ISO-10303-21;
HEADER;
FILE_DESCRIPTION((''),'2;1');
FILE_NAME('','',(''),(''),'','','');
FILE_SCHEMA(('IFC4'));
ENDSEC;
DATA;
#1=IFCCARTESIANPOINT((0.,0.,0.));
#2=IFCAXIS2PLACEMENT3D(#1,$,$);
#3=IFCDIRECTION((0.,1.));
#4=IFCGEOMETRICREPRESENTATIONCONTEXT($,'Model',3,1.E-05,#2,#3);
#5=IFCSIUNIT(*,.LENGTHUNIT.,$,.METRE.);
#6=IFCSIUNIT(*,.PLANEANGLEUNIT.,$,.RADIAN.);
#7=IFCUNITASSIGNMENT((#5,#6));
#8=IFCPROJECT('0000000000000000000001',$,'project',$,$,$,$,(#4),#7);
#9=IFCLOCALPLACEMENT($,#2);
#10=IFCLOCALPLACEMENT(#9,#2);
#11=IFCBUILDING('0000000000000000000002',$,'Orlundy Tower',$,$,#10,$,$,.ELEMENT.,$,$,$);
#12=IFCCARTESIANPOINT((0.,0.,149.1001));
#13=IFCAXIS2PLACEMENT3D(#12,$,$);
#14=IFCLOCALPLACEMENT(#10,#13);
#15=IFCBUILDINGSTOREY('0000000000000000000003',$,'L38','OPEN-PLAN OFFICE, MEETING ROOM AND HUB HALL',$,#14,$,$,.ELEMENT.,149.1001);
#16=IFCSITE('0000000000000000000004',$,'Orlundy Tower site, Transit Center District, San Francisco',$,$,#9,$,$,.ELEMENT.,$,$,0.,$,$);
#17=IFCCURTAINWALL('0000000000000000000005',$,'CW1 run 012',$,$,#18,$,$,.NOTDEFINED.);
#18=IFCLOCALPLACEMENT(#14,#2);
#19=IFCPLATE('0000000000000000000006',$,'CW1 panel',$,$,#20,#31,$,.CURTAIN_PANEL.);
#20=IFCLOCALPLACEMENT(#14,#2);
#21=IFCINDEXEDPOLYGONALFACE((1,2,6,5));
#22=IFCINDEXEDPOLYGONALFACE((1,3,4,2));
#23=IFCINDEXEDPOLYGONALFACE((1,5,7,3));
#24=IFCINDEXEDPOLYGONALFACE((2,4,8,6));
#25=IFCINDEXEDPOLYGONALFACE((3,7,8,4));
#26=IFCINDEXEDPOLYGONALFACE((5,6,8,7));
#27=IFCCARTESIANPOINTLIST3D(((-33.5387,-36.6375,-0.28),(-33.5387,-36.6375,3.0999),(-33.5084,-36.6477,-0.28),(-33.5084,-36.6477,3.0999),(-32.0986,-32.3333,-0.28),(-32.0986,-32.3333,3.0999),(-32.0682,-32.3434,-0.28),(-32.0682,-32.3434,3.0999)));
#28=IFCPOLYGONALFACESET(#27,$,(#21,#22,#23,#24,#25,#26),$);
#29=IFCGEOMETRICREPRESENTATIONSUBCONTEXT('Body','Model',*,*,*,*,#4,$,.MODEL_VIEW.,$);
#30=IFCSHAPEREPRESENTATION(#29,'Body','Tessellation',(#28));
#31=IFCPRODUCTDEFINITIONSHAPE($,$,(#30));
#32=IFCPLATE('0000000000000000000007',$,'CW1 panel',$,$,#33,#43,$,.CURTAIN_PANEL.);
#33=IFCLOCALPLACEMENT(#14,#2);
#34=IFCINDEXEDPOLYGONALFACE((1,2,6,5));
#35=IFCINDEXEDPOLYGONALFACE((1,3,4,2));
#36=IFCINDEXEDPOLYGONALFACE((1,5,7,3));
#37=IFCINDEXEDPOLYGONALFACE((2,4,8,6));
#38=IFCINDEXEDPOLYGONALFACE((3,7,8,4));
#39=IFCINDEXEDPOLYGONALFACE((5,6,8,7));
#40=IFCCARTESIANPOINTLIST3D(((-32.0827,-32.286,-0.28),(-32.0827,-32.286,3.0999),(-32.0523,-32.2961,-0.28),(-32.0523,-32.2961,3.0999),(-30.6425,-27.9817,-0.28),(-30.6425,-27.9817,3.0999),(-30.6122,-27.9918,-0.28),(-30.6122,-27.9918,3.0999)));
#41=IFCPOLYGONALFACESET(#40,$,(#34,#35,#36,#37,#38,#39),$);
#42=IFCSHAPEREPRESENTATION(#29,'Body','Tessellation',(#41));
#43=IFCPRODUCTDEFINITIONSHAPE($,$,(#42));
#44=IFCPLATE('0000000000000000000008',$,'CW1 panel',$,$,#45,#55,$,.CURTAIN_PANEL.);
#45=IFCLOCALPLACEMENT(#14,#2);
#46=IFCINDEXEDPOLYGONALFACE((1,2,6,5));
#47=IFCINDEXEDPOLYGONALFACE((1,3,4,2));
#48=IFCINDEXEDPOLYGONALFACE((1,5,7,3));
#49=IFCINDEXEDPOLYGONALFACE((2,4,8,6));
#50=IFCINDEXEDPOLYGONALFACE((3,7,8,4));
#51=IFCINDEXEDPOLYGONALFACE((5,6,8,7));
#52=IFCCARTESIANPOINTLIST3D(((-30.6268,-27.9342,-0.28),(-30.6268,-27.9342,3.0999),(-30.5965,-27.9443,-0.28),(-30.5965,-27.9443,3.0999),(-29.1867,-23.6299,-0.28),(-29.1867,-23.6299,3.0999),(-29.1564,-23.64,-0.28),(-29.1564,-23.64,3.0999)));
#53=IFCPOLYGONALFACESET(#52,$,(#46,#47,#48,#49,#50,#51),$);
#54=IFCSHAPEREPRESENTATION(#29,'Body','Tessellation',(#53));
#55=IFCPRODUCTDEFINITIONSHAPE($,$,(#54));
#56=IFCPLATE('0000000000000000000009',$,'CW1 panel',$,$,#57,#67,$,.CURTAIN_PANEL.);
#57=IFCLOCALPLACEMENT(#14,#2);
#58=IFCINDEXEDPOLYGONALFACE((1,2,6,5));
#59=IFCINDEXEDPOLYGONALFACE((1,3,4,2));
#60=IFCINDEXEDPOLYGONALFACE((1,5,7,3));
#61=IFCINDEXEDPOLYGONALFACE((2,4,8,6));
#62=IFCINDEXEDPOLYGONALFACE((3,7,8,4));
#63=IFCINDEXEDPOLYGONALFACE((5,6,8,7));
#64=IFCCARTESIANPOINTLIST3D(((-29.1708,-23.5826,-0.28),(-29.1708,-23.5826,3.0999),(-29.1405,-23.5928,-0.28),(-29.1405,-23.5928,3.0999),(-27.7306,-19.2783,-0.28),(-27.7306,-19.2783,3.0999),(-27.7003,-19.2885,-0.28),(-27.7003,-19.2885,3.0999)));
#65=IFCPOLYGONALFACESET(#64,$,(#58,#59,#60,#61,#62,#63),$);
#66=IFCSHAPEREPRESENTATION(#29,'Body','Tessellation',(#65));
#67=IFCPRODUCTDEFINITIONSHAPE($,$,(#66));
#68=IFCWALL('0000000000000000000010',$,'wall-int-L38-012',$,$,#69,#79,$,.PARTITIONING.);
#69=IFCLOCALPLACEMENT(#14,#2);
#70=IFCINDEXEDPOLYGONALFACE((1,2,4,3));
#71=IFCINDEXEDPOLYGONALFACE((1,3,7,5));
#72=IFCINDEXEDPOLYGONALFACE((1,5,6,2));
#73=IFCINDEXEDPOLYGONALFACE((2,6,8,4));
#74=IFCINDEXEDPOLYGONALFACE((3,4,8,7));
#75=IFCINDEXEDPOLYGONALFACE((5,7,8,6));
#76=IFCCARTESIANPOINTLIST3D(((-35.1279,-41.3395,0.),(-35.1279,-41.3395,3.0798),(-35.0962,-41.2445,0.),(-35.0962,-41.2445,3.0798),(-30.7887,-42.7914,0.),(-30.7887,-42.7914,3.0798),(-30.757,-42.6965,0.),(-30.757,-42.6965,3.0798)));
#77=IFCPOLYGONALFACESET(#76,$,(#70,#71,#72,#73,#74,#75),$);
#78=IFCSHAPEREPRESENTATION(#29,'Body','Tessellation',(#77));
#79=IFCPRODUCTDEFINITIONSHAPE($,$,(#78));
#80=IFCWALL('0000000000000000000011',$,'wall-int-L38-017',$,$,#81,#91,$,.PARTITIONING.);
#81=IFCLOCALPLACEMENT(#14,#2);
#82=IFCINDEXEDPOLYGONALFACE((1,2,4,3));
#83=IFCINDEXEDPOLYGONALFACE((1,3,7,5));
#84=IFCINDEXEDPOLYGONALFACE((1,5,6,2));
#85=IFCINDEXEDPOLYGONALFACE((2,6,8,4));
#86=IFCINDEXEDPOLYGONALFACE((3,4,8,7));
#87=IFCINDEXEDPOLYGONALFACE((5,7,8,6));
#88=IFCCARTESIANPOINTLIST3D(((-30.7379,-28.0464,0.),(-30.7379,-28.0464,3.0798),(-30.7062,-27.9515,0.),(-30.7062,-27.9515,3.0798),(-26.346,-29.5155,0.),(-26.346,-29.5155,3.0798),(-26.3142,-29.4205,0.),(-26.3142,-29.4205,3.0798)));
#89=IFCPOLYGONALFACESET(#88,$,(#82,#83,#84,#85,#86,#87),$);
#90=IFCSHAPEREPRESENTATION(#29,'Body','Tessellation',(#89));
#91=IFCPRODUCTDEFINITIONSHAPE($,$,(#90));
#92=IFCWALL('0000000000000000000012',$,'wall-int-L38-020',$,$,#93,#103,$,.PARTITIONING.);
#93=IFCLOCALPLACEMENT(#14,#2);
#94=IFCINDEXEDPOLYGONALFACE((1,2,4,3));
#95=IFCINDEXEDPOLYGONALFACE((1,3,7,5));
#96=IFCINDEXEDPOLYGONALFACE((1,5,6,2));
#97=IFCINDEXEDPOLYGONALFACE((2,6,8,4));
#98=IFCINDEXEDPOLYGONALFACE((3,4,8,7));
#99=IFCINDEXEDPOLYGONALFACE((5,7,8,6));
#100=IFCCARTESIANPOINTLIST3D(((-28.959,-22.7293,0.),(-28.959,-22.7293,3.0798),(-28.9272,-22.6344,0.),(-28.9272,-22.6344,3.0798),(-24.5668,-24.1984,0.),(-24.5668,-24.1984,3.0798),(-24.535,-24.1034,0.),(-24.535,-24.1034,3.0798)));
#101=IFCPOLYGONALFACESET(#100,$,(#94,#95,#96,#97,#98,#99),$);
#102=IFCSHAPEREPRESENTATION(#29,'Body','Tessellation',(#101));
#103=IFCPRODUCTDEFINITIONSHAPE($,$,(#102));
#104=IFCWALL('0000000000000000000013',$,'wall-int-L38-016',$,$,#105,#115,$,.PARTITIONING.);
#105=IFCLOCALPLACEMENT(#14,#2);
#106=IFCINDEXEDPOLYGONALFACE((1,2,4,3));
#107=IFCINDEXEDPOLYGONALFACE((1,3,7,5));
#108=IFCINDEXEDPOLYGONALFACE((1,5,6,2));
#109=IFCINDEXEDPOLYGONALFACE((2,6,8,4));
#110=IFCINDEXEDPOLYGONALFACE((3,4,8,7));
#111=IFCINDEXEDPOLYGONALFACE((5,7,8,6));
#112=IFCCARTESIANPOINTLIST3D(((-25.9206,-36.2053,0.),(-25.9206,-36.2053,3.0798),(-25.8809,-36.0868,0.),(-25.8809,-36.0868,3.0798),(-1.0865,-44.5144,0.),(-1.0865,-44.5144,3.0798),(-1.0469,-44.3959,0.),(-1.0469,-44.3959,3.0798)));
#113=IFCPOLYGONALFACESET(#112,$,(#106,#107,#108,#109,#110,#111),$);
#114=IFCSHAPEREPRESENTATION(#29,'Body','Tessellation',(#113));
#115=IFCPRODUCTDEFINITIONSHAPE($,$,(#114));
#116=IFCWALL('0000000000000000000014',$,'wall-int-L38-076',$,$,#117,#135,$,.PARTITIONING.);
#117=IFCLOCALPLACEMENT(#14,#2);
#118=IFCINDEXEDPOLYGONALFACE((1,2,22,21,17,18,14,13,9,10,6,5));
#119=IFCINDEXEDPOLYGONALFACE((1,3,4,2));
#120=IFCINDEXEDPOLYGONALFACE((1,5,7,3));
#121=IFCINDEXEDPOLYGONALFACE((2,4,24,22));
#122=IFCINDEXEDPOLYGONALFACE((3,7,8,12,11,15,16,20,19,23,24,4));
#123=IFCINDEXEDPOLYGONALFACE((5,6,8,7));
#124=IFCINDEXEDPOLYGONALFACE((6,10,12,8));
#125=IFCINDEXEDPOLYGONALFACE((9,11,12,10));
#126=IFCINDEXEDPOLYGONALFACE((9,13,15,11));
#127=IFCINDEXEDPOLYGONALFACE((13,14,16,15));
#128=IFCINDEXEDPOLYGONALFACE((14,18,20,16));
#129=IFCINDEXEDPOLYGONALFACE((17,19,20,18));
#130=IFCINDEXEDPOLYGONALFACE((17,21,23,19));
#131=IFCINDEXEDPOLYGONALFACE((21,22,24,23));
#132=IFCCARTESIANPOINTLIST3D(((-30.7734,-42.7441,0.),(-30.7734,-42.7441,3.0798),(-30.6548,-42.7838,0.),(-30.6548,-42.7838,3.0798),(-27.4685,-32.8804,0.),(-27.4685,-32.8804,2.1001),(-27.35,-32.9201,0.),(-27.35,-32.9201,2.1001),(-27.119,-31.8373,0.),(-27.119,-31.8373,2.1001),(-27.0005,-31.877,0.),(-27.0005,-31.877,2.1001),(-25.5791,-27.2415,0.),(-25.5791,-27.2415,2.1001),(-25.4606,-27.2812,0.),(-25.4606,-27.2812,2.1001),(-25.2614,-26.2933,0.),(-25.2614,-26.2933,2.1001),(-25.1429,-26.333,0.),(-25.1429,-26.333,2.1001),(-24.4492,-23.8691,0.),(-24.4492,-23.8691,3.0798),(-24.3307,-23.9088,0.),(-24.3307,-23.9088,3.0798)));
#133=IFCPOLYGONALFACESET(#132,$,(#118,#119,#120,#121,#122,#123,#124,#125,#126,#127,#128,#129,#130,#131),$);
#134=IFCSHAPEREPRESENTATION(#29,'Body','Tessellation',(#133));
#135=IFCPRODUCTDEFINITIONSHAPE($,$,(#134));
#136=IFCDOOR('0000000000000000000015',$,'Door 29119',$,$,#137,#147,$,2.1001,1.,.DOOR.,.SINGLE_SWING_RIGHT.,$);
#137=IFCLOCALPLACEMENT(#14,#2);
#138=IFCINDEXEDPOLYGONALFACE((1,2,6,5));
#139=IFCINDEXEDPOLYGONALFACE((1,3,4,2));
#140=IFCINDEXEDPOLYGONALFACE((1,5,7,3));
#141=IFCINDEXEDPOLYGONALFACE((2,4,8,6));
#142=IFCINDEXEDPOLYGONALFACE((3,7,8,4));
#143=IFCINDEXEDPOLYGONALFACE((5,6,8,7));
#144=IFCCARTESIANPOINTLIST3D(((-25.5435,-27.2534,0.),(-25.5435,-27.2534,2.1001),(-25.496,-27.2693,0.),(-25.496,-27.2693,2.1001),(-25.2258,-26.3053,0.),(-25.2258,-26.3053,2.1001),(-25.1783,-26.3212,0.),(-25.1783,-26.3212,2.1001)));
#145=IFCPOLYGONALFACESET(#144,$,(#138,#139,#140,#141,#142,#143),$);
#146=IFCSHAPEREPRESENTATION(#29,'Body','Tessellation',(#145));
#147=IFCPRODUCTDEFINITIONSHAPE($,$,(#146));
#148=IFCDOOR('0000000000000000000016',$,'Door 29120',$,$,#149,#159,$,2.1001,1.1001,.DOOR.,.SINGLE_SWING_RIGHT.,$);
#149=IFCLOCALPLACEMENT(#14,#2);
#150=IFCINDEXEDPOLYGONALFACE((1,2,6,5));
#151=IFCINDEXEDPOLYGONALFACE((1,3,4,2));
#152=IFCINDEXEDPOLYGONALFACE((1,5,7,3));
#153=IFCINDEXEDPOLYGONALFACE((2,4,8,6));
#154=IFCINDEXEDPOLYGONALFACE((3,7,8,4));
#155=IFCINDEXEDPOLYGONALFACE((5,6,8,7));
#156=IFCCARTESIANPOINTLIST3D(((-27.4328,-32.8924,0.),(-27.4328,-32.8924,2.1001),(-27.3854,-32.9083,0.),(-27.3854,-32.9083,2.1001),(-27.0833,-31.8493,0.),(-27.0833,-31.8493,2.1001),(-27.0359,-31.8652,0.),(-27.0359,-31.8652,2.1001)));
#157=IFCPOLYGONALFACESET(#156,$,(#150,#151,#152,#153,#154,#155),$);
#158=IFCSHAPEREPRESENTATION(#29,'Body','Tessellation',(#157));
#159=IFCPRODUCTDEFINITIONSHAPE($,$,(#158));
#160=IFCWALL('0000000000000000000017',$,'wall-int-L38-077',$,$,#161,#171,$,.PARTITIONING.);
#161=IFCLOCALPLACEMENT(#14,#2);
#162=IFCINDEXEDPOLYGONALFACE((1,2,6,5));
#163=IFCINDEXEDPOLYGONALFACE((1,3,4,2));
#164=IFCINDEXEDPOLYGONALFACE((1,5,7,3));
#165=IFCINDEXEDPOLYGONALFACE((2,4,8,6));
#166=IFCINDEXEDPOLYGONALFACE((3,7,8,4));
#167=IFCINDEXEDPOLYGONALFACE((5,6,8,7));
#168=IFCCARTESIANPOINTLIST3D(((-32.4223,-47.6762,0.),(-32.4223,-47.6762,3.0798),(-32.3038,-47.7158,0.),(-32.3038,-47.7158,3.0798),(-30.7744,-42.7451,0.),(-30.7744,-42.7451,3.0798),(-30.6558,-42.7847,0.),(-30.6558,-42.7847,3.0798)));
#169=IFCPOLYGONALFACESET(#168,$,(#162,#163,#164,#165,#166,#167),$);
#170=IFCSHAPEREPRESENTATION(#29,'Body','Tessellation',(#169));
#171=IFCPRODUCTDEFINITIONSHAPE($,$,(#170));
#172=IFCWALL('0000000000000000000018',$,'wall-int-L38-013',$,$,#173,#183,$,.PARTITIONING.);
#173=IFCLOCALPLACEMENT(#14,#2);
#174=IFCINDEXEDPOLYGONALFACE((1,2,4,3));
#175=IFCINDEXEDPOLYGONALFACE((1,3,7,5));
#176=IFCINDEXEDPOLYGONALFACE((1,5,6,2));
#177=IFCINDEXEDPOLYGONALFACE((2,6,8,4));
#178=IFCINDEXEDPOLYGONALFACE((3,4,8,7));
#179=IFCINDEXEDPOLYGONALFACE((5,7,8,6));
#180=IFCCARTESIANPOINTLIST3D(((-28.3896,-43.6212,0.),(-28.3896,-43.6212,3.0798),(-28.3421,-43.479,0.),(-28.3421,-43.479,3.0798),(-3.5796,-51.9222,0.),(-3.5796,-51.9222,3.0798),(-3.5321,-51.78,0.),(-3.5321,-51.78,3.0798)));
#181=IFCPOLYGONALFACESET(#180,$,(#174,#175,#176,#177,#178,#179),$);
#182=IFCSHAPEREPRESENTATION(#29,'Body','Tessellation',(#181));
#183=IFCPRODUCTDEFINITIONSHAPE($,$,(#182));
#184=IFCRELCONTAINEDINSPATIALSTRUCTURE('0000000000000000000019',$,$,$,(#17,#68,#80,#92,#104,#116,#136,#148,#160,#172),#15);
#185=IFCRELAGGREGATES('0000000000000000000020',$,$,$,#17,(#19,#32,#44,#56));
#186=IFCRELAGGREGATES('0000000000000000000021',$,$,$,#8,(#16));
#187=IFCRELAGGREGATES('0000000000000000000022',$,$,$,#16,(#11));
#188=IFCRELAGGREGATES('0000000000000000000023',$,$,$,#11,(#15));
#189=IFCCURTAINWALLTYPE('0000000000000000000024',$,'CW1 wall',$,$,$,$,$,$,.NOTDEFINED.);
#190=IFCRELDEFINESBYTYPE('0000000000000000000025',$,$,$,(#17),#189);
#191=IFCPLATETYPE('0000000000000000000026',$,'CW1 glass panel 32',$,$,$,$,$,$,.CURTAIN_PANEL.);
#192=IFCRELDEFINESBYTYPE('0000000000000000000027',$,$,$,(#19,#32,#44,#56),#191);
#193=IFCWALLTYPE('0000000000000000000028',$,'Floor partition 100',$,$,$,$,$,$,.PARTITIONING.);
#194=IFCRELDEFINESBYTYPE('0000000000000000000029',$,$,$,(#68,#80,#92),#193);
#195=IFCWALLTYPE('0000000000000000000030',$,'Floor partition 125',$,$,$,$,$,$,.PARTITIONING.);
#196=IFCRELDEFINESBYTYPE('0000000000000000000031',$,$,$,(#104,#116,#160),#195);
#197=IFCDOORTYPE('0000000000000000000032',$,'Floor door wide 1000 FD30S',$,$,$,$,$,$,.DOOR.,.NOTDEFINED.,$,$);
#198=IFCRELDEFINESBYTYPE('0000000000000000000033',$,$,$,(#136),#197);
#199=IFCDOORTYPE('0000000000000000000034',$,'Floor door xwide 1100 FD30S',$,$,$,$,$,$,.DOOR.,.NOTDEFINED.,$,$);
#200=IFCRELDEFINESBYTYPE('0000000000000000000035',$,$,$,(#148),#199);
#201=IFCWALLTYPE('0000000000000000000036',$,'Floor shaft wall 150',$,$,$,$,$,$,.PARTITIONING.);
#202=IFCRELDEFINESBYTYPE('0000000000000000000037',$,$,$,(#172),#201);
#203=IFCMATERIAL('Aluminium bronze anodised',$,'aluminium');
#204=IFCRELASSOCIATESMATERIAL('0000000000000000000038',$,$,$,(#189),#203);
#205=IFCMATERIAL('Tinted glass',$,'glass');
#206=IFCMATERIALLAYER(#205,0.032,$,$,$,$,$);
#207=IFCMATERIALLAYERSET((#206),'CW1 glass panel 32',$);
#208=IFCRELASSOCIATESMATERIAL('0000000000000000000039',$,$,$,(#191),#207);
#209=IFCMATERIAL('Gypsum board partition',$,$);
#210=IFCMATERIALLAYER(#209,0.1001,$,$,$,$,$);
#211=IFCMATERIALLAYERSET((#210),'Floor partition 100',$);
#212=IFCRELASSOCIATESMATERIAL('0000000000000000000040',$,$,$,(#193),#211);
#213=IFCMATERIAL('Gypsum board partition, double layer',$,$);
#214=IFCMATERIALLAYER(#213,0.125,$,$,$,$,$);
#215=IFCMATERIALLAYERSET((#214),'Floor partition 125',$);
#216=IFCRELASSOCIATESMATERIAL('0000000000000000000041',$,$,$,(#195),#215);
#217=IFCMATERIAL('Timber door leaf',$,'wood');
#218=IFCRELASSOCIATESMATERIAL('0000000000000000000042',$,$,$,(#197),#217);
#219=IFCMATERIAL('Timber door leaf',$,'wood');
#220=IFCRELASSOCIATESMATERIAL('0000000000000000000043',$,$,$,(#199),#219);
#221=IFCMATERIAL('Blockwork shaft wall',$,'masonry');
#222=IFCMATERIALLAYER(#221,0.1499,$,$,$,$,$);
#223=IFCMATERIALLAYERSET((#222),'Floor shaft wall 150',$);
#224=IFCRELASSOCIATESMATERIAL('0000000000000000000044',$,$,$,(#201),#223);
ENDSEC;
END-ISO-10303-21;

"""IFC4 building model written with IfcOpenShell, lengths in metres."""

from ifc_helpers import new_model, si_unit, direction, frame, frame_2d, origin, origin_2d, place, context, subcontext, project, spatial, rectangle, extrude, material, layer, layer_set, type_object, element, fill, aggregate, save


model = new_model("IFC4")

# Units and contexts
model_context = context("Model", 3, precision=1e-05, world=origin(), true_north=direction((0.0, 1.0)))
body_context = subcontext(model_context, "Body", "Model", "MODEL_VIEW")
ifc_project = project(units=[si_unit("LENGTHUNIT", "METRE"), si_unit("PLANEANGLEUNIT", "RADIAN")], contexts=[model_context])

# Site, building, storey
site_placement = place(None, origin())
site = spatial("IfcSite", under=ifc_project, at=site_placement, Name="Orlundy Tower site, Transit Center District, San Francisco", CompositionType="ELEMENT", RefElevation=0.0)
building_placement = place(site_placement, origin())
building = spatial("IfcBuilding", under=site, at=building_placement, Name="Orlundy Tower", CompositionType="ELEMENT")
storey_placement = place(building_placement, frame((0.0, 0.0, 149.1001)))
storey = spatial("IfcBuildingStorey", under=building, at=storey_placement, Name="L38", Description="OPEN-PLAN OFFICE, MEETING ROOM AND HUB HALL", CompositionType="ELEMENT", Elevation=149.1001)

# Curtain wall
ifc_material_1 = material(Name="Aluminium bronze anodised", Category="aluminium")
curtain_wall_type = type_object("IfcCurtainWallType", Name="CW1 wall", PredefinedType="NOTDEFINED", material=ifc_material_1)
curtain_wall_1_placement = place(storey_placement, origin())
curtain_wall_1 = element("IfcCurtainWall", 1, at=curtain_wall_1_placement, inside=storey, type_object=curtain_wall_type, Name="CW1 run 012", PredefinedType="NOTDEFINED")

# Shared definitions
ifc_material_2 = material(Name="Tinted glass", Category="glass")
ifc_layer_1 = layer(ifc_material_2, 0.032)
ifc_layer_set_1 = layer_set([ifc_layer_1], Name="CW1 glass panel 32")
plate_type = type_object("IfcPlateType", Name="CW1 glass panel 32", PredefinedType="CURTAIN_PANEL", material=ifc_layer_set_1)

# Plates
plate_1_placement = place(storey_placement, frame((-32.8035, -34.4905, -0.28), z_axis=(0.0, 0.0, 1.0), x_axis=(0.317295, 0.948327, 0.0)))
plate_1 = element("IfcPlate", 2, at=plate_1_placement, type_object=plate_type, Name="CW1 panel", PredefinedType="CURTAIN_PANEL", context=body_context, shape_type="SweptSolid", body=[
    extrude(rectangle(XDim=4.5388, YDim=0.032, at=origin_2d()), origin(), (0.0, 0.0, 1.0), 3.3799),
])
plate_2_placement = place(storey_placement, frame((-31.3474, -30.1389, -0.28), z_axis=(0.0, 0.0, 1.0), x_axis=(0.317295, 0.948327, 0.0)))
plate_2 = element("IfcPlate", 3, at=plate_2_placement, type_object=plate_type, Name="CW1 panel", PredefinedType="CURTAIN_PANEL", context=body_context, shape_type="SweptSolid", body=[
    extrude(rectangle(XDim=4.5388, YDim=0.032, at=origin_2d()), origin(), (0.0, 0.0, 1.0), 3.3799),
])
plate_3_placement = place(storey_placement, frame((-29.8916, -25.7871, -0.28), z_axis=(0.0, 0.0, 1.0), x_axis=(0.317295, 0.948327, 0.0)))
plate_3 = element("IfcPlate", 4, at=plate_3_placement, type_object=plate_type, Name="CW1 panel", PredefinedType="CURTAIN_PANEL", context=body_context, shape_type="SweptSolid", body=[
    extrude(rectangle(XDim=4.5388, YDim=0.032, at=origin_2d()), origin(), (0.0, 0.0, 1.0), 3.3799),
])
plate_4_placement = place(storey_placement, frame((-28.4355, -21.4355, -0.28), z_axis=(0.0, 0.0, 1.0), x_axis=(0.317295, 0.948327, 0.0)))
plate_4 = element("IfcPlate", 5, at=plate_4_placement, type_object=plate_type, Name="CW1 panel", PredefinedType="CURTAIN_PANEL", context=body_context, shape_type="SweptSolid", body=[
    extrude(rectangle(XDim=4.5388, YDim=0.032, at=origin_2d()), origin(), (0.0, 0.0, 1.0), 3.3799),
])
aggregate(curtain_wall_1, [plate_1, plate_2, plate_3, plate_4])

# Walls
ifc_material_3 = material(Name="Gypsum board partition")
ifc_layer_2 = layer(ifc_material_3, 0.1001)
ifc_layer_set_2 = layer_set([ifc_layer_2], Name="Floor partition 100")
wall_type_1 = type_object("IfcWallType", Name="Floor partition 100", PredefinedType="PARTITIONING", material=ifc_layer_set_2)
wall_1_placement = place(storey_placement, frame((-35.1121, -41.292, 0.0), z_axis=(0.0, 0.0, 1.0), x_axis=(0.94832, -0.317316, 0.0)))
element("IfcWall", 6, at=wall_1_placement, inside=storey, type_object=wall_type_1, Name="wall-int-L38-012", PredefinedType="PARTITIONING", context=body_context, shape_type="SweptSolid", body=[
    extrude(rectangle(XDim=4.5757, YDim=0.1001, at=frame_2d((2.2878, 0.0))), origin(), (0.0, 0.0, 1.0), 3.0798),
])
wall_2_placement = place(storey_placement, frame((-30.7219, -27.999, 0.0), z_axis=(0.0, 0.0, 1.0), x_axis=(0.948356, -0.317208, 0.0)))
element("IfcWall", 7, at=wall_2_placement, inside=storey, type_object=wall_type_1, Name="wall-int-L38-017", PredefinedType="PARTITIONING", context=body_context, shape_type="SweptSolid", body=[
    extrude(rectangle(XDim=4.6311, YDim=0.1001, at=frame_2d((2.3154, 0.0))), origin(), (0.0, 0.0, 1.0), 3.0798),
])
wall_3_placement = place(storey_placement, frame((-28.9431, -22.6819, 0.0), z_axis=(0.0, 0.0, 1.0), x_axis=(0.948361, -0.317192, 0.0)))
element("IfcWall", 8, at=wall_3_placement, inside=storey, type_object=wall_type_1, Name="wall-int-L38-020", PredefinedType="PARTITIONING", context=body_context, shape_type="SweptSolid", body=[
    extrude(rectangle(XDim=4.6313, YDim=0.1001, at=frame_2d((2.3157, 0.0))), origin(), (0.0, 0.0, 1.0), 3.0798),
])
ifc_material_4 = material(Name="Gypsum board partition, double layer")
ifc_layer_3 = layer(ifc_material_4, 0.125)
ifc_layer_set_3 = layer_set([ifc_layer_3], Name="Floor partition 125")
wall_type_2 = type_object("IfcWallType", Name="Floor partition 125", PredefinedType="PARTITIONING", material=ifc_layer_set_3)
wall_4_placement = place(storey_placement, frame((-25.9009, -36.146, 0.0), z_axis=(0.0, 0.0, 1.0), x_axis=(0.948327, -0.317296, 0.0)))
element("IfcWall", 9, at=wall_4_placement, inside=storey, type_object=wall_type_2, Name="wall-int-L38-016", PredefinedType="PARTITIONING", context=body_context, shape_type="SweptSolid", body=[
    extrude(rectangle(XDim=26.1873, YDim=0.125, at=frame_2d((13.0938, 0.0))), origin(), (0.0, 0.0, 1.0), 3.0798),
])

# Wall, openings, doors
wall_5_placement = place(storey_placement, frame((-30.7141, -42.7639, 0.0), z_axis=(0.0, 0.0, 1.0), x_axis=(0.317699, 0.948192, 0.0)))
wall_5 = element("IfcWall", 10, at=wall_5_placement, inside=storey, type_object=wall_type_2, Name="wall-int-L38-076", PredefinedType="PARTITIONING", context=body_context, shape_type="SweptSolid", body=[
    extrude(rectangle(XDim=19.9062, YDim=0.125, at=frame_2d((9.9531, 0.0))), origin(), (0.0, 0.0, 1.0), 3.0798),
])
opening_1_placement = place(wall_5_placement, frame((16.3496, 0.0, 0.0)))
opening_1 = element("IfcOpeningElement", 11, at=opening_1_placement, cuts=wall_5, PredefinedType="OPENING", context=body_context, shape_type="SweptSolid", body=[
    extrude(rectangle(XDim=1.0, YDim=2.1001, at=frame_2d((0.5, 1.05))), frame((0.0, 0.0725, 0.0), z_axis=(0.0, -1.0, 0.0), x_axis=(1.0, 0.0, 0.0)), (0.0, 0.0, 1.0), 0.145),
])
opening_2_placement = place(wall_5_placement, frame((10.4026, 0.0, 0.0)))
opening_2 = element("IfcOpeningElement", 12, at=opening_2_placement, cuts=wall_5, PredefinedType="OPENING", context=body_context, shape_type="SweptSolid", body=[
    extrude(rectangle(XDim=1.1001, YDim=2.1001, at=frame_2d((0.55, 1.05))), frame((0.0, 0.0725, 0.0), z_axis=(0.0, -1.0, 0.0), x_axis=(1.0, 0.0, 0.0)), (0.0, 0.0, 1.0), 0.145),
])
ifc_material_5 = material(Name="Timber door leaf", Category="wood")
door_type_1 = type_object("IfcDoorType", Name="Floor door wide 1000 FD30S", OperationType="NOTDEFINED", PredefinedType="DOOR", material=ifc_material_5)
door_1_placement = place(opening_1_placement, origin())
door_1 = element("IfcDoor", 13, at=door_1_placement, inside=storey, type_object=door_type_1, Name="Door 29119", OperationType="SINGLE_SWING_RIGHT", OverallHeight=2.1001, OverallWidth=1.0, PredefinedType="DOOR", context=body_context, shape_type="SweptSolid", body=[
    extrude(rectangle(XDim=1.0, YDim=2.1001, at=frame_2d((0.5, 1.05))), frame((0.0, 0.0249, 0.0), z_axis=(0.0, -1.0, 0.0), x_axis=(1.0, 0.0, 0.0)), (0.0, 0.0, 1.0), 0.05),
])
fill(opening_1, door_1)
ifc_material_6 = material(Name="Timber door leaf", Category="wood")
door_type_2 = type_object("IfcDoorType", Name="Floor door xwide 1100 FD30S", OperationType="NOTDEFINED", PredefinedType="DOOR", material=ifc_material_6)
door_2_placement = place(opening_2_placement, origin())
door_2 = element("IfcDoor", 14, at=door_2_placement, inside=storey, type_object=door_type_2, Name="Door 29120", OperationType="SINGLE_SWING_RIGHT", OverallHeight=2.1001, OverallWidth=1.1001, PredefinedType="DOOR", context=body_context, shape_type="SweptSolid", body=[
    extrude(rectangle(XDim=1.1001, YDim=2.1001, at=frame_2d((0.55, 1.05))), frame((0.0, 0.0249, 0.0), z_axis=(0.0, -1.0, 0.0), x_axis=(1.0, 0.0, 0.0)), (0.0, 0.0, 1.0), 0.05),
])
fill(opening_2, door_2)

# Walls
wall_6_placement = place(storey_placement, frame((-30.7151, -42.7649, 0.0), z_axis=(0.0, 0.0, 1.0), x_axis=(-0.31696, -0.948439, 0.0)))
element("IfcWall", 15, at=wall_6_placement, inside=storey, type_object=wall_type_2, Name="wall-int-L38-077", PredefinedType="PARTITIONING", context=body_context, shape_type="SweptSolid", body=[
    extrude(rectangle(XDim=5.1992, YDim=0.125, at=frame_2d((2.5996, 0.0))), origin(), (0.0, 0.0, 1.0), 3.0798),
])
ifc_material_7 = material(Name="Blockwork shaft wall", Category="masonry")
ifc_layer_4 = layer(ifc_material_7, 0.1499)
ifc_layer_set_4 = layer_set([ifc_layer_4], Name="Floor shaft wall 150")
wall_type_3 = type_object("IfcWallType", Name="Floor shaft wall 150", PredefinedType="PARTITIONING", material=ifc_layer_set_4)
wall_7_placement = place(storey_placement, frame((-28.366, -43.55, 0.0), z_axis=(0.0, 0.0, 1.0), x_axis=(0.948327, -0.317294, 0.0)))
element("IfcWall", 16, at=wall_7_placement, inside=storey, type_object=wall_type_3, Name="wall-int-L38-013", PredefinedType="PARTITIONING", context=body_context, shape_type="SweptSolid", body=[
    extrude(rectangle(XDim=26.1619, YDim=0.1499, at=frame_2d((13.0811, 0.0))), origin(), (0.0, 0.0, 1.0), 3.0798),
])

save(model, "model.ifc")
